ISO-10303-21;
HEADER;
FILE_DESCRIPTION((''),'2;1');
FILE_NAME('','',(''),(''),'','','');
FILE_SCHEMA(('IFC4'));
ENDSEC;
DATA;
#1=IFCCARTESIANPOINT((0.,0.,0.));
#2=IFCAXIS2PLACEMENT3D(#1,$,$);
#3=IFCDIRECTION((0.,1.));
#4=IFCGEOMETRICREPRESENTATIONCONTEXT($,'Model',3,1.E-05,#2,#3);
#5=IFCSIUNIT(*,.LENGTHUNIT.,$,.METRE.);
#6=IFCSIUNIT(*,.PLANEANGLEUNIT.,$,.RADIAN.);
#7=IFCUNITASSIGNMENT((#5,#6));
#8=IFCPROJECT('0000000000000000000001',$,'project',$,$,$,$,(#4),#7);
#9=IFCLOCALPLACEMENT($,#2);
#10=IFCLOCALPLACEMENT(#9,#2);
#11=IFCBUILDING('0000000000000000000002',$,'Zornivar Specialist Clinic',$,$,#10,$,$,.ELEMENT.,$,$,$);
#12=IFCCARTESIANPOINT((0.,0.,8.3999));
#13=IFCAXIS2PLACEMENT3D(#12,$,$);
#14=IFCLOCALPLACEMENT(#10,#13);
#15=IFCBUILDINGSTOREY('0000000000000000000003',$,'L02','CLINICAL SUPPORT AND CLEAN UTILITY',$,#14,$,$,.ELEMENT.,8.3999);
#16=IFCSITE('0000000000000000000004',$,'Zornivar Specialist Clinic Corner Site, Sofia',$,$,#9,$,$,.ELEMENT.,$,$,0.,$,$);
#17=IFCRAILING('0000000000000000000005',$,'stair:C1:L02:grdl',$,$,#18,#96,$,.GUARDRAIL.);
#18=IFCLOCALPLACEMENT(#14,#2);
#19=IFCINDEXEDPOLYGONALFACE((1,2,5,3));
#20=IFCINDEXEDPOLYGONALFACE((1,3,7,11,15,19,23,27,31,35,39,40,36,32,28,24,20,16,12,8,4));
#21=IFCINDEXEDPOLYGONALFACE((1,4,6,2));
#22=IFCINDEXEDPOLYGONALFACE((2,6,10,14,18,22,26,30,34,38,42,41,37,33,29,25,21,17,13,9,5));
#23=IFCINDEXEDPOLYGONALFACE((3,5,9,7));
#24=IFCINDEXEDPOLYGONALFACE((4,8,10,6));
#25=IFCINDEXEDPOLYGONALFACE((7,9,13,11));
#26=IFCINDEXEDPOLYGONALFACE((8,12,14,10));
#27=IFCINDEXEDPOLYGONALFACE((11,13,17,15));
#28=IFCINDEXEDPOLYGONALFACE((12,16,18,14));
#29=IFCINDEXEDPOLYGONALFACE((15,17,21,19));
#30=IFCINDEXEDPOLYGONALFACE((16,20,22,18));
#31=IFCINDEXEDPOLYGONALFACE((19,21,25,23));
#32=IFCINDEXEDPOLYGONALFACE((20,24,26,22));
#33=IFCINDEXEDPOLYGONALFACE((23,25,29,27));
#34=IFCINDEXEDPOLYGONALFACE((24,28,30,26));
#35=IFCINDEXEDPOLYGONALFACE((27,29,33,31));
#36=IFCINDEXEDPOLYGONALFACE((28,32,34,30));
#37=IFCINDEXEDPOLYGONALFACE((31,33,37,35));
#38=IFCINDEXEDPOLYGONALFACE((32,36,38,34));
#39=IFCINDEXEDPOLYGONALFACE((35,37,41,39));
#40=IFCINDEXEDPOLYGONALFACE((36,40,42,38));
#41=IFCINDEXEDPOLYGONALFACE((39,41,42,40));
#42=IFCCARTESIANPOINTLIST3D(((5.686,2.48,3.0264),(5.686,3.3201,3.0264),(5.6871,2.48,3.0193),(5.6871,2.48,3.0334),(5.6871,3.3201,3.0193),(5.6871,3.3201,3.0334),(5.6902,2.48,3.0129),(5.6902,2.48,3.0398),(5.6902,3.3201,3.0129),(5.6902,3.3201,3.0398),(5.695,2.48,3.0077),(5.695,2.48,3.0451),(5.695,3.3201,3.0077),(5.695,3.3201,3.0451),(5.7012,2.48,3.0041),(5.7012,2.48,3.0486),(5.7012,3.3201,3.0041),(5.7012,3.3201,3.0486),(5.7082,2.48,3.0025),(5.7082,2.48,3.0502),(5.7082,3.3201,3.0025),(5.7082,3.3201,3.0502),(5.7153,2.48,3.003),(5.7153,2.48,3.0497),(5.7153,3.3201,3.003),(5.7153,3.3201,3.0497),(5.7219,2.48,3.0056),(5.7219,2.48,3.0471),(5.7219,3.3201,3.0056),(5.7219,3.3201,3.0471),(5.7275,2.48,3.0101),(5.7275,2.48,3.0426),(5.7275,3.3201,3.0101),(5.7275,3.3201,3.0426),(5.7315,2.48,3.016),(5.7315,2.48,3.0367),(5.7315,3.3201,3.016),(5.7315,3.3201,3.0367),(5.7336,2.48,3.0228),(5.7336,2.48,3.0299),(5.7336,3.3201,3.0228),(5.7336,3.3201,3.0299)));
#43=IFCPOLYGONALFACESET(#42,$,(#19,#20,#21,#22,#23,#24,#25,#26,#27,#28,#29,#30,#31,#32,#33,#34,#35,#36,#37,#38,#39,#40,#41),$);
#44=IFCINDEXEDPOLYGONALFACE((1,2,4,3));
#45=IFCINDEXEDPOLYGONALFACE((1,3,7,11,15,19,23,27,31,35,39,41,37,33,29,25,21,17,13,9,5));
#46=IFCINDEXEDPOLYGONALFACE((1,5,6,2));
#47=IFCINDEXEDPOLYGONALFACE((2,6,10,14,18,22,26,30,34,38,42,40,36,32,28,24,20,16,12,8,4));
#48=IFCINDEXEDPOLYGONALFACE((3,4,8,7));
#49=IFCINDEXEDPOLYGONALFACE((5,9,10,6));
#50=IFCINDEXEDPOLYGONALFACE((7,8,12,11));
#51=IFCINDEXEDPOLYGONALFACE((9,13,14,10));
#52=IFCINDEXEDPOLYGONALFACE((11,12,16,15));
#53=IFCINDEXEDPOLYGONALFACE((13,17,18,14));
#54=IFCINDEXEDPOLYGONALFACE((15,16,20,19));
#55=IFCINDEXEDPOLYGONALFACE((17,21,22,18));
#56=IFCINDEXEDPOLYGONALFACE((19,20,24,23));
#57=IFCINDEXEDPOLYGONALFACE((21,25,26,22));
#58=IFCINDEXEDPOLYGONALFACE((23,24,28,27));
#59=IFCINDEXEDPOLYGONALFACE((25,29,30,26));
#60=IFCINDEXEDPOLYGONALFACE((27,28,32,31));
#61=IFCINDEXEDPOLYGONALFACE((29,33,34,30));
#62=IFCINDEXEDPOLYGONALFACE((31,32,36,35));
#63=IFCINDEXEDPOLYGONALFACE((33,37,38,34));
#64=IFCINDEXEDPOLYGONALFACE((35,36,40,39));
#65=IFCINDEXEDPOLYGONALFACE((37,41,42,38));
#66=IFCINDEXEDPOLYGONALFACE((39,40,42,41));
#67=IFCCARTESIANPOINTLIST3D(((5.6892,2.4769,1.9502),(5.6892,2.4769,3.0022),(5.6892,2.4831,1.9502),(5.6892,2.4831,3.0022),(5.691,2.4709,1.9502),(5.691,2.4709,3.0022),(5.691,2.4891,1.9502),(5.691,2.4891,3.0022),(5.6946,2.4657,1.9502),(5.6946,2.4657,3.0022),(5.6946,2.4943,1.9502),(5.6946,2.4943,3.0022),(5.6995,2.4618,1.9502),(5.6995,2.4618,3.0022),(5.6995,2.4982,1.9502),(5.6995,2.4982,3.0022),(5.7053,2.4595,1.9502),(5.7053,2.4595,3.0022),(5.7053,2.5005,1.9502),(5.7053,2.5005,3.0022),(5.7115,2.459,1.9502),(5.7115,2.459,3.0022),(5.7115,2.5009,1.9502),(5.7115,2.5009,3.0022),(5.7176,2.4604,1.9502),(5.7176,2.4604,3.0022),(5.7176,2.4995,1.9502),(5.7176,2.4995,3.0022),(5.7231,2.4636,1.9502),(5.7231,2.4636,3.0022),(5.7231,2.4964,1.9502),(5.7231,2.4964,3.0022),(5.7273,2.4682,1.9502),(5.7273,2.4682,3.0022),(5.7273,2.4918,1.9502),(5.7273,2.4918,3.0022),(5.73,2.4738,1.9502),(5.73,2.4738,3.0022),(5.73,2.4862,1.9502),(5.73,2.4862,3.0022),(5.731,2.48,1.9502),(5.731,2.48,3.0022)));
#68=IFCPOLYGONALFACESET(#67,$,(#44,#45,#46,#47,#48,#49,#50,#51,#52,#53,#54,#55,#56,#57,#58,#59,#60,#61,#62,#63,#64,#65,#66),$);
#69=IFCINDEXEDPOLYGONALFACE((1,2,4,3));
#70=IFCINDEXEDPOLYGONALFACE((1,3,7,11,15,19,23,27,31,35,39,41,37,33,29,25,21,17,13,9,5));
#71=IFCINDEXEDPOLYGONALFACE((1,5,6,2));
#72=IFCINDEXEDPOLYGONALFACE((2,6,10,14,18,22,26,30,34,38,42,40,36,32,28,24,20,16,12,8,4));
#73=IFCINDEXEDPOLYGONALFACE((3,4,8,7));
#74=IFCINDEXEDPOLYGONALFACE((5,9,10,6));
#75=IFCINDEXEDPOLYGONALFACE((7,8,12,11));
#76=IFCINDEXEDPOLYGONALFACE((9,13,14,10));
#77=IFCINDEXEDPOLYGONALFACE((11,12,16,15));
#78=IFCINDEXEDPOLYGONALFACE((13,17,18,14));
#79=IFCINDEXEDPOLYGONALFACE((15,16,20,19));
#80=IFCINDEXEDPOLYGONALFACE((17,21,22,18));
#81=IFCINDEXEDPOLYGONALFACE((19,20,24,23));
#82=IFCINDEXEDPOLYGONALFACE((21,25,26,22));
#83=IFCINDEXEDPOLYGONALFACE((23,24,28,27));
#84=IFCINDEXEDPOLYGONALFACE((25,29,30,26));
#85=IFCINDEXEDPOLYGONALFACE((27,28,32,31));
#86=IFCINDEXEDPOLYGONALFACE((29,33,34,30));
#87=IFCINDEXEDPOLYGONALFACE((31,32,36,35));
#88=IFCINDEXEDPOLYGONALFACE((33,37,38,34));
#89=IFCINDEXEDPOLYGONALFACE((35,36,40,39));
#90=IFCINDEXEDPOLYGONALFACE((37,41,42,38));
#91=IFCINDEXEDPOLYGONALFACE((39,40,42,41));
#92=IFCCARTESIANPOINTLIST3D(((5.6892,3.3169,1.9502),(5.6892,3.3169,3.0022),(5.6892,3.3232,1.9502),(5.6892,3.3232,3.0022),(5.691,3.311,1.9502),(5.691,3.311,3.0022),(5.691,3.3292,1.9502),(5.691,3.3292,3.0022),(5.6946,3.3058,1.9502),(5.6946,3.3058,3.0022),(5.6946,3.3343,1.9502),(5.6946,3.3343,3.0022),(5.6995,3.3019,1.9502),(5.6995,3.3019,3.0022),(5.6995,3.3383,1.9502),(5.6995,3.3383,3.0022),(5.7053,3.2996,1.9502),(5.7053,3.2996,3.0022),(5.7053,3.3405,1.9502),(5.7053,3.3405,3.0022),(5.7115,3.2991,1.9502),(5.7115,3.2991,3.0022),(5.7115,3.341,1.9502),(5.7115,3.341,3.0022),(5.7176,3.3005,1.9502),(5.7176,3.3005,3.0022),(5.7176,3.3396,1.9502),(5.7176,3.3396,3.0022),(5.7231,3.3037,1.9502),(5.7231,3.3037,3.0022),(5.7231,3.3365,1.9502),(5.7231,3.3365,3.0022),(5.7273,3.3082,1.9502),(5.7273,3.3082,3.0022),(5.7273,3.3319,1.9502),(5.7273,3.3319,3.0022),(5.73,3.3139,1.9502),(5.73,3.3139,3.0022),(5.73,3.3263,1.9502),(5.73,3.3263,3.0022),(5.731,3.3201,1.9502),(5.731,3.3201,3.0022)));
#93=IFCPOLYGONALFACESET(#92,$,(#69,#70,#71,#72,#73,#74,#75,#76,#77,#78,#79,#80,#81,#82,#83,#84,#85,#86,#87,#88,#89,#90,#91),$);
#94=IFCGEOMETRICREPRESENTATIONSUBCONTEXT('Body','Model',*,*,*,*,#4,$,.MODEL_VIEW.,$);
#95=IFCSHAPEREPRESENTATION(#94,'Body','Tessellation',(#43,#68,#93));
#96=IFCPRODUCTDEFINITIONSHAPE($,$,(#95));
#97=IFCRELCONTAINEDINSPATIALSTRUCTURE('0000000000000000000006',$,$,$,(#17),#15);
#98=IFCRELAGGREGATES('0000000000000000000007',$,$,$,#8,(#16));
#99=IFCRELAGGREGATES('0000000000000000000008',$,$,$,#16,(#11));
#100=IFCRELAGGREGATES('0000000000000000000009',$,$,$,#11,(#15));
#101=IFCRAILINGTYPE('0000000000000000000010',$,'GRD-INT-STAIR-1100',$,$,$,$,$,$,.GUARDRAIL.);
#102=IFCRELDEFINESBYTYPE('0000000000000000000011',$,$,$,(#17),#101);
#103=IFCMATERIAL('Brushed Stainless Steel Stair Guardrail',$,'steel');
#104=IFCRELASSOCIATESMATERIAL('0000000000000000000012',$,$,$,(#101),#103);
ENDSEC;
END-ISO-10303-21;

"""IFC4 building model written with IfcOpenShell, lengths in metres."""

from ifc_helpers import new_model, si_unit, direction, frame, origin, origin_2d, place, context, subcontext, project, spatial, circle, extrude, material, type_object, element, save


model = new_model("IFC4")

# Units and contexts
model_context = context("Model", 3, precision=1e-05, world=origin(), true_north=direction((0.0, 1.0)))
body_context = subcontext(model_context, "Body", "Model", "MODEL_VIEW")
ifc_project = project(units=[si_unit("LENGTHUNIT", "METRE"), si_unit("PLANEANGLEUNIT", "RADIAN")], contexts=[model_context])

# Site, building, storey
site_placement = place(None, origin())
site = spatial("IfcSite", under=ifc_project, at=site_placement, Name="Zornivar Specialist Clinic Corner Site, Sofia", CompositionType="ELEMENT", RefElevation=0.0)
building_placement = place(site_placement, origin())
building = spatial("IfcBuilding", under=site, at=building_placement, Name="Zornivar Specialist Clinic", CompositionType="ELEMENT")
storey_placement = place(building_placement, frame((0.0, 0.0, 8.3999)))
storey = spatial("IfcBuildingStorey", under=building, at=storey_placement, Name="L02", Description="CLINICAL SUPPORT AND CLEAN UTILITY", CompositionType="ELEMENT", Elevation=8.3999)

# Railing
ifc_material_1 = material(Name="Brushed Stainless Steel Stair Guardrail", Category="steel")
railing_type_1 = type_object("IfcRailingType", Name="GRD-INT-STAIR-1100", PredefinedType="GUARDRAIL", material=ifc_material_1)
railing_1_placement = place(storey_placement, frame((5.71, 2.48, 1.9502)))
element("IfcRailing", 1, at=railing_1_placement, inside=storey, type_object=railing_type_1, Name="stair:C1:L02:grdl", PredefinedType="GUARDRAIL", context=body_context, shape_type="SweptSolid", body=[
    extrude(circle(Radius=0.0239, at=origin_2d()), frame((0.0, 0.0, 1.0762), z_axis=(0.0, 1.0, 0.0), x_axis=(-1.0, 0.0, 0.0)), (0.0, 0.0, 1.0), 0.8401),
    extrude(circle(Radius=0.021, at=origin_2d()), origin(), (0.0, 0.0, 1.0), 1.052),
    extrude(circle(Radius=0.021, at=origin_2d()), frame((0.0, 0.8401, 0.0)), (0.0, 0.0, 1.0), 1.052),
])

save(model, "model.ifc")
